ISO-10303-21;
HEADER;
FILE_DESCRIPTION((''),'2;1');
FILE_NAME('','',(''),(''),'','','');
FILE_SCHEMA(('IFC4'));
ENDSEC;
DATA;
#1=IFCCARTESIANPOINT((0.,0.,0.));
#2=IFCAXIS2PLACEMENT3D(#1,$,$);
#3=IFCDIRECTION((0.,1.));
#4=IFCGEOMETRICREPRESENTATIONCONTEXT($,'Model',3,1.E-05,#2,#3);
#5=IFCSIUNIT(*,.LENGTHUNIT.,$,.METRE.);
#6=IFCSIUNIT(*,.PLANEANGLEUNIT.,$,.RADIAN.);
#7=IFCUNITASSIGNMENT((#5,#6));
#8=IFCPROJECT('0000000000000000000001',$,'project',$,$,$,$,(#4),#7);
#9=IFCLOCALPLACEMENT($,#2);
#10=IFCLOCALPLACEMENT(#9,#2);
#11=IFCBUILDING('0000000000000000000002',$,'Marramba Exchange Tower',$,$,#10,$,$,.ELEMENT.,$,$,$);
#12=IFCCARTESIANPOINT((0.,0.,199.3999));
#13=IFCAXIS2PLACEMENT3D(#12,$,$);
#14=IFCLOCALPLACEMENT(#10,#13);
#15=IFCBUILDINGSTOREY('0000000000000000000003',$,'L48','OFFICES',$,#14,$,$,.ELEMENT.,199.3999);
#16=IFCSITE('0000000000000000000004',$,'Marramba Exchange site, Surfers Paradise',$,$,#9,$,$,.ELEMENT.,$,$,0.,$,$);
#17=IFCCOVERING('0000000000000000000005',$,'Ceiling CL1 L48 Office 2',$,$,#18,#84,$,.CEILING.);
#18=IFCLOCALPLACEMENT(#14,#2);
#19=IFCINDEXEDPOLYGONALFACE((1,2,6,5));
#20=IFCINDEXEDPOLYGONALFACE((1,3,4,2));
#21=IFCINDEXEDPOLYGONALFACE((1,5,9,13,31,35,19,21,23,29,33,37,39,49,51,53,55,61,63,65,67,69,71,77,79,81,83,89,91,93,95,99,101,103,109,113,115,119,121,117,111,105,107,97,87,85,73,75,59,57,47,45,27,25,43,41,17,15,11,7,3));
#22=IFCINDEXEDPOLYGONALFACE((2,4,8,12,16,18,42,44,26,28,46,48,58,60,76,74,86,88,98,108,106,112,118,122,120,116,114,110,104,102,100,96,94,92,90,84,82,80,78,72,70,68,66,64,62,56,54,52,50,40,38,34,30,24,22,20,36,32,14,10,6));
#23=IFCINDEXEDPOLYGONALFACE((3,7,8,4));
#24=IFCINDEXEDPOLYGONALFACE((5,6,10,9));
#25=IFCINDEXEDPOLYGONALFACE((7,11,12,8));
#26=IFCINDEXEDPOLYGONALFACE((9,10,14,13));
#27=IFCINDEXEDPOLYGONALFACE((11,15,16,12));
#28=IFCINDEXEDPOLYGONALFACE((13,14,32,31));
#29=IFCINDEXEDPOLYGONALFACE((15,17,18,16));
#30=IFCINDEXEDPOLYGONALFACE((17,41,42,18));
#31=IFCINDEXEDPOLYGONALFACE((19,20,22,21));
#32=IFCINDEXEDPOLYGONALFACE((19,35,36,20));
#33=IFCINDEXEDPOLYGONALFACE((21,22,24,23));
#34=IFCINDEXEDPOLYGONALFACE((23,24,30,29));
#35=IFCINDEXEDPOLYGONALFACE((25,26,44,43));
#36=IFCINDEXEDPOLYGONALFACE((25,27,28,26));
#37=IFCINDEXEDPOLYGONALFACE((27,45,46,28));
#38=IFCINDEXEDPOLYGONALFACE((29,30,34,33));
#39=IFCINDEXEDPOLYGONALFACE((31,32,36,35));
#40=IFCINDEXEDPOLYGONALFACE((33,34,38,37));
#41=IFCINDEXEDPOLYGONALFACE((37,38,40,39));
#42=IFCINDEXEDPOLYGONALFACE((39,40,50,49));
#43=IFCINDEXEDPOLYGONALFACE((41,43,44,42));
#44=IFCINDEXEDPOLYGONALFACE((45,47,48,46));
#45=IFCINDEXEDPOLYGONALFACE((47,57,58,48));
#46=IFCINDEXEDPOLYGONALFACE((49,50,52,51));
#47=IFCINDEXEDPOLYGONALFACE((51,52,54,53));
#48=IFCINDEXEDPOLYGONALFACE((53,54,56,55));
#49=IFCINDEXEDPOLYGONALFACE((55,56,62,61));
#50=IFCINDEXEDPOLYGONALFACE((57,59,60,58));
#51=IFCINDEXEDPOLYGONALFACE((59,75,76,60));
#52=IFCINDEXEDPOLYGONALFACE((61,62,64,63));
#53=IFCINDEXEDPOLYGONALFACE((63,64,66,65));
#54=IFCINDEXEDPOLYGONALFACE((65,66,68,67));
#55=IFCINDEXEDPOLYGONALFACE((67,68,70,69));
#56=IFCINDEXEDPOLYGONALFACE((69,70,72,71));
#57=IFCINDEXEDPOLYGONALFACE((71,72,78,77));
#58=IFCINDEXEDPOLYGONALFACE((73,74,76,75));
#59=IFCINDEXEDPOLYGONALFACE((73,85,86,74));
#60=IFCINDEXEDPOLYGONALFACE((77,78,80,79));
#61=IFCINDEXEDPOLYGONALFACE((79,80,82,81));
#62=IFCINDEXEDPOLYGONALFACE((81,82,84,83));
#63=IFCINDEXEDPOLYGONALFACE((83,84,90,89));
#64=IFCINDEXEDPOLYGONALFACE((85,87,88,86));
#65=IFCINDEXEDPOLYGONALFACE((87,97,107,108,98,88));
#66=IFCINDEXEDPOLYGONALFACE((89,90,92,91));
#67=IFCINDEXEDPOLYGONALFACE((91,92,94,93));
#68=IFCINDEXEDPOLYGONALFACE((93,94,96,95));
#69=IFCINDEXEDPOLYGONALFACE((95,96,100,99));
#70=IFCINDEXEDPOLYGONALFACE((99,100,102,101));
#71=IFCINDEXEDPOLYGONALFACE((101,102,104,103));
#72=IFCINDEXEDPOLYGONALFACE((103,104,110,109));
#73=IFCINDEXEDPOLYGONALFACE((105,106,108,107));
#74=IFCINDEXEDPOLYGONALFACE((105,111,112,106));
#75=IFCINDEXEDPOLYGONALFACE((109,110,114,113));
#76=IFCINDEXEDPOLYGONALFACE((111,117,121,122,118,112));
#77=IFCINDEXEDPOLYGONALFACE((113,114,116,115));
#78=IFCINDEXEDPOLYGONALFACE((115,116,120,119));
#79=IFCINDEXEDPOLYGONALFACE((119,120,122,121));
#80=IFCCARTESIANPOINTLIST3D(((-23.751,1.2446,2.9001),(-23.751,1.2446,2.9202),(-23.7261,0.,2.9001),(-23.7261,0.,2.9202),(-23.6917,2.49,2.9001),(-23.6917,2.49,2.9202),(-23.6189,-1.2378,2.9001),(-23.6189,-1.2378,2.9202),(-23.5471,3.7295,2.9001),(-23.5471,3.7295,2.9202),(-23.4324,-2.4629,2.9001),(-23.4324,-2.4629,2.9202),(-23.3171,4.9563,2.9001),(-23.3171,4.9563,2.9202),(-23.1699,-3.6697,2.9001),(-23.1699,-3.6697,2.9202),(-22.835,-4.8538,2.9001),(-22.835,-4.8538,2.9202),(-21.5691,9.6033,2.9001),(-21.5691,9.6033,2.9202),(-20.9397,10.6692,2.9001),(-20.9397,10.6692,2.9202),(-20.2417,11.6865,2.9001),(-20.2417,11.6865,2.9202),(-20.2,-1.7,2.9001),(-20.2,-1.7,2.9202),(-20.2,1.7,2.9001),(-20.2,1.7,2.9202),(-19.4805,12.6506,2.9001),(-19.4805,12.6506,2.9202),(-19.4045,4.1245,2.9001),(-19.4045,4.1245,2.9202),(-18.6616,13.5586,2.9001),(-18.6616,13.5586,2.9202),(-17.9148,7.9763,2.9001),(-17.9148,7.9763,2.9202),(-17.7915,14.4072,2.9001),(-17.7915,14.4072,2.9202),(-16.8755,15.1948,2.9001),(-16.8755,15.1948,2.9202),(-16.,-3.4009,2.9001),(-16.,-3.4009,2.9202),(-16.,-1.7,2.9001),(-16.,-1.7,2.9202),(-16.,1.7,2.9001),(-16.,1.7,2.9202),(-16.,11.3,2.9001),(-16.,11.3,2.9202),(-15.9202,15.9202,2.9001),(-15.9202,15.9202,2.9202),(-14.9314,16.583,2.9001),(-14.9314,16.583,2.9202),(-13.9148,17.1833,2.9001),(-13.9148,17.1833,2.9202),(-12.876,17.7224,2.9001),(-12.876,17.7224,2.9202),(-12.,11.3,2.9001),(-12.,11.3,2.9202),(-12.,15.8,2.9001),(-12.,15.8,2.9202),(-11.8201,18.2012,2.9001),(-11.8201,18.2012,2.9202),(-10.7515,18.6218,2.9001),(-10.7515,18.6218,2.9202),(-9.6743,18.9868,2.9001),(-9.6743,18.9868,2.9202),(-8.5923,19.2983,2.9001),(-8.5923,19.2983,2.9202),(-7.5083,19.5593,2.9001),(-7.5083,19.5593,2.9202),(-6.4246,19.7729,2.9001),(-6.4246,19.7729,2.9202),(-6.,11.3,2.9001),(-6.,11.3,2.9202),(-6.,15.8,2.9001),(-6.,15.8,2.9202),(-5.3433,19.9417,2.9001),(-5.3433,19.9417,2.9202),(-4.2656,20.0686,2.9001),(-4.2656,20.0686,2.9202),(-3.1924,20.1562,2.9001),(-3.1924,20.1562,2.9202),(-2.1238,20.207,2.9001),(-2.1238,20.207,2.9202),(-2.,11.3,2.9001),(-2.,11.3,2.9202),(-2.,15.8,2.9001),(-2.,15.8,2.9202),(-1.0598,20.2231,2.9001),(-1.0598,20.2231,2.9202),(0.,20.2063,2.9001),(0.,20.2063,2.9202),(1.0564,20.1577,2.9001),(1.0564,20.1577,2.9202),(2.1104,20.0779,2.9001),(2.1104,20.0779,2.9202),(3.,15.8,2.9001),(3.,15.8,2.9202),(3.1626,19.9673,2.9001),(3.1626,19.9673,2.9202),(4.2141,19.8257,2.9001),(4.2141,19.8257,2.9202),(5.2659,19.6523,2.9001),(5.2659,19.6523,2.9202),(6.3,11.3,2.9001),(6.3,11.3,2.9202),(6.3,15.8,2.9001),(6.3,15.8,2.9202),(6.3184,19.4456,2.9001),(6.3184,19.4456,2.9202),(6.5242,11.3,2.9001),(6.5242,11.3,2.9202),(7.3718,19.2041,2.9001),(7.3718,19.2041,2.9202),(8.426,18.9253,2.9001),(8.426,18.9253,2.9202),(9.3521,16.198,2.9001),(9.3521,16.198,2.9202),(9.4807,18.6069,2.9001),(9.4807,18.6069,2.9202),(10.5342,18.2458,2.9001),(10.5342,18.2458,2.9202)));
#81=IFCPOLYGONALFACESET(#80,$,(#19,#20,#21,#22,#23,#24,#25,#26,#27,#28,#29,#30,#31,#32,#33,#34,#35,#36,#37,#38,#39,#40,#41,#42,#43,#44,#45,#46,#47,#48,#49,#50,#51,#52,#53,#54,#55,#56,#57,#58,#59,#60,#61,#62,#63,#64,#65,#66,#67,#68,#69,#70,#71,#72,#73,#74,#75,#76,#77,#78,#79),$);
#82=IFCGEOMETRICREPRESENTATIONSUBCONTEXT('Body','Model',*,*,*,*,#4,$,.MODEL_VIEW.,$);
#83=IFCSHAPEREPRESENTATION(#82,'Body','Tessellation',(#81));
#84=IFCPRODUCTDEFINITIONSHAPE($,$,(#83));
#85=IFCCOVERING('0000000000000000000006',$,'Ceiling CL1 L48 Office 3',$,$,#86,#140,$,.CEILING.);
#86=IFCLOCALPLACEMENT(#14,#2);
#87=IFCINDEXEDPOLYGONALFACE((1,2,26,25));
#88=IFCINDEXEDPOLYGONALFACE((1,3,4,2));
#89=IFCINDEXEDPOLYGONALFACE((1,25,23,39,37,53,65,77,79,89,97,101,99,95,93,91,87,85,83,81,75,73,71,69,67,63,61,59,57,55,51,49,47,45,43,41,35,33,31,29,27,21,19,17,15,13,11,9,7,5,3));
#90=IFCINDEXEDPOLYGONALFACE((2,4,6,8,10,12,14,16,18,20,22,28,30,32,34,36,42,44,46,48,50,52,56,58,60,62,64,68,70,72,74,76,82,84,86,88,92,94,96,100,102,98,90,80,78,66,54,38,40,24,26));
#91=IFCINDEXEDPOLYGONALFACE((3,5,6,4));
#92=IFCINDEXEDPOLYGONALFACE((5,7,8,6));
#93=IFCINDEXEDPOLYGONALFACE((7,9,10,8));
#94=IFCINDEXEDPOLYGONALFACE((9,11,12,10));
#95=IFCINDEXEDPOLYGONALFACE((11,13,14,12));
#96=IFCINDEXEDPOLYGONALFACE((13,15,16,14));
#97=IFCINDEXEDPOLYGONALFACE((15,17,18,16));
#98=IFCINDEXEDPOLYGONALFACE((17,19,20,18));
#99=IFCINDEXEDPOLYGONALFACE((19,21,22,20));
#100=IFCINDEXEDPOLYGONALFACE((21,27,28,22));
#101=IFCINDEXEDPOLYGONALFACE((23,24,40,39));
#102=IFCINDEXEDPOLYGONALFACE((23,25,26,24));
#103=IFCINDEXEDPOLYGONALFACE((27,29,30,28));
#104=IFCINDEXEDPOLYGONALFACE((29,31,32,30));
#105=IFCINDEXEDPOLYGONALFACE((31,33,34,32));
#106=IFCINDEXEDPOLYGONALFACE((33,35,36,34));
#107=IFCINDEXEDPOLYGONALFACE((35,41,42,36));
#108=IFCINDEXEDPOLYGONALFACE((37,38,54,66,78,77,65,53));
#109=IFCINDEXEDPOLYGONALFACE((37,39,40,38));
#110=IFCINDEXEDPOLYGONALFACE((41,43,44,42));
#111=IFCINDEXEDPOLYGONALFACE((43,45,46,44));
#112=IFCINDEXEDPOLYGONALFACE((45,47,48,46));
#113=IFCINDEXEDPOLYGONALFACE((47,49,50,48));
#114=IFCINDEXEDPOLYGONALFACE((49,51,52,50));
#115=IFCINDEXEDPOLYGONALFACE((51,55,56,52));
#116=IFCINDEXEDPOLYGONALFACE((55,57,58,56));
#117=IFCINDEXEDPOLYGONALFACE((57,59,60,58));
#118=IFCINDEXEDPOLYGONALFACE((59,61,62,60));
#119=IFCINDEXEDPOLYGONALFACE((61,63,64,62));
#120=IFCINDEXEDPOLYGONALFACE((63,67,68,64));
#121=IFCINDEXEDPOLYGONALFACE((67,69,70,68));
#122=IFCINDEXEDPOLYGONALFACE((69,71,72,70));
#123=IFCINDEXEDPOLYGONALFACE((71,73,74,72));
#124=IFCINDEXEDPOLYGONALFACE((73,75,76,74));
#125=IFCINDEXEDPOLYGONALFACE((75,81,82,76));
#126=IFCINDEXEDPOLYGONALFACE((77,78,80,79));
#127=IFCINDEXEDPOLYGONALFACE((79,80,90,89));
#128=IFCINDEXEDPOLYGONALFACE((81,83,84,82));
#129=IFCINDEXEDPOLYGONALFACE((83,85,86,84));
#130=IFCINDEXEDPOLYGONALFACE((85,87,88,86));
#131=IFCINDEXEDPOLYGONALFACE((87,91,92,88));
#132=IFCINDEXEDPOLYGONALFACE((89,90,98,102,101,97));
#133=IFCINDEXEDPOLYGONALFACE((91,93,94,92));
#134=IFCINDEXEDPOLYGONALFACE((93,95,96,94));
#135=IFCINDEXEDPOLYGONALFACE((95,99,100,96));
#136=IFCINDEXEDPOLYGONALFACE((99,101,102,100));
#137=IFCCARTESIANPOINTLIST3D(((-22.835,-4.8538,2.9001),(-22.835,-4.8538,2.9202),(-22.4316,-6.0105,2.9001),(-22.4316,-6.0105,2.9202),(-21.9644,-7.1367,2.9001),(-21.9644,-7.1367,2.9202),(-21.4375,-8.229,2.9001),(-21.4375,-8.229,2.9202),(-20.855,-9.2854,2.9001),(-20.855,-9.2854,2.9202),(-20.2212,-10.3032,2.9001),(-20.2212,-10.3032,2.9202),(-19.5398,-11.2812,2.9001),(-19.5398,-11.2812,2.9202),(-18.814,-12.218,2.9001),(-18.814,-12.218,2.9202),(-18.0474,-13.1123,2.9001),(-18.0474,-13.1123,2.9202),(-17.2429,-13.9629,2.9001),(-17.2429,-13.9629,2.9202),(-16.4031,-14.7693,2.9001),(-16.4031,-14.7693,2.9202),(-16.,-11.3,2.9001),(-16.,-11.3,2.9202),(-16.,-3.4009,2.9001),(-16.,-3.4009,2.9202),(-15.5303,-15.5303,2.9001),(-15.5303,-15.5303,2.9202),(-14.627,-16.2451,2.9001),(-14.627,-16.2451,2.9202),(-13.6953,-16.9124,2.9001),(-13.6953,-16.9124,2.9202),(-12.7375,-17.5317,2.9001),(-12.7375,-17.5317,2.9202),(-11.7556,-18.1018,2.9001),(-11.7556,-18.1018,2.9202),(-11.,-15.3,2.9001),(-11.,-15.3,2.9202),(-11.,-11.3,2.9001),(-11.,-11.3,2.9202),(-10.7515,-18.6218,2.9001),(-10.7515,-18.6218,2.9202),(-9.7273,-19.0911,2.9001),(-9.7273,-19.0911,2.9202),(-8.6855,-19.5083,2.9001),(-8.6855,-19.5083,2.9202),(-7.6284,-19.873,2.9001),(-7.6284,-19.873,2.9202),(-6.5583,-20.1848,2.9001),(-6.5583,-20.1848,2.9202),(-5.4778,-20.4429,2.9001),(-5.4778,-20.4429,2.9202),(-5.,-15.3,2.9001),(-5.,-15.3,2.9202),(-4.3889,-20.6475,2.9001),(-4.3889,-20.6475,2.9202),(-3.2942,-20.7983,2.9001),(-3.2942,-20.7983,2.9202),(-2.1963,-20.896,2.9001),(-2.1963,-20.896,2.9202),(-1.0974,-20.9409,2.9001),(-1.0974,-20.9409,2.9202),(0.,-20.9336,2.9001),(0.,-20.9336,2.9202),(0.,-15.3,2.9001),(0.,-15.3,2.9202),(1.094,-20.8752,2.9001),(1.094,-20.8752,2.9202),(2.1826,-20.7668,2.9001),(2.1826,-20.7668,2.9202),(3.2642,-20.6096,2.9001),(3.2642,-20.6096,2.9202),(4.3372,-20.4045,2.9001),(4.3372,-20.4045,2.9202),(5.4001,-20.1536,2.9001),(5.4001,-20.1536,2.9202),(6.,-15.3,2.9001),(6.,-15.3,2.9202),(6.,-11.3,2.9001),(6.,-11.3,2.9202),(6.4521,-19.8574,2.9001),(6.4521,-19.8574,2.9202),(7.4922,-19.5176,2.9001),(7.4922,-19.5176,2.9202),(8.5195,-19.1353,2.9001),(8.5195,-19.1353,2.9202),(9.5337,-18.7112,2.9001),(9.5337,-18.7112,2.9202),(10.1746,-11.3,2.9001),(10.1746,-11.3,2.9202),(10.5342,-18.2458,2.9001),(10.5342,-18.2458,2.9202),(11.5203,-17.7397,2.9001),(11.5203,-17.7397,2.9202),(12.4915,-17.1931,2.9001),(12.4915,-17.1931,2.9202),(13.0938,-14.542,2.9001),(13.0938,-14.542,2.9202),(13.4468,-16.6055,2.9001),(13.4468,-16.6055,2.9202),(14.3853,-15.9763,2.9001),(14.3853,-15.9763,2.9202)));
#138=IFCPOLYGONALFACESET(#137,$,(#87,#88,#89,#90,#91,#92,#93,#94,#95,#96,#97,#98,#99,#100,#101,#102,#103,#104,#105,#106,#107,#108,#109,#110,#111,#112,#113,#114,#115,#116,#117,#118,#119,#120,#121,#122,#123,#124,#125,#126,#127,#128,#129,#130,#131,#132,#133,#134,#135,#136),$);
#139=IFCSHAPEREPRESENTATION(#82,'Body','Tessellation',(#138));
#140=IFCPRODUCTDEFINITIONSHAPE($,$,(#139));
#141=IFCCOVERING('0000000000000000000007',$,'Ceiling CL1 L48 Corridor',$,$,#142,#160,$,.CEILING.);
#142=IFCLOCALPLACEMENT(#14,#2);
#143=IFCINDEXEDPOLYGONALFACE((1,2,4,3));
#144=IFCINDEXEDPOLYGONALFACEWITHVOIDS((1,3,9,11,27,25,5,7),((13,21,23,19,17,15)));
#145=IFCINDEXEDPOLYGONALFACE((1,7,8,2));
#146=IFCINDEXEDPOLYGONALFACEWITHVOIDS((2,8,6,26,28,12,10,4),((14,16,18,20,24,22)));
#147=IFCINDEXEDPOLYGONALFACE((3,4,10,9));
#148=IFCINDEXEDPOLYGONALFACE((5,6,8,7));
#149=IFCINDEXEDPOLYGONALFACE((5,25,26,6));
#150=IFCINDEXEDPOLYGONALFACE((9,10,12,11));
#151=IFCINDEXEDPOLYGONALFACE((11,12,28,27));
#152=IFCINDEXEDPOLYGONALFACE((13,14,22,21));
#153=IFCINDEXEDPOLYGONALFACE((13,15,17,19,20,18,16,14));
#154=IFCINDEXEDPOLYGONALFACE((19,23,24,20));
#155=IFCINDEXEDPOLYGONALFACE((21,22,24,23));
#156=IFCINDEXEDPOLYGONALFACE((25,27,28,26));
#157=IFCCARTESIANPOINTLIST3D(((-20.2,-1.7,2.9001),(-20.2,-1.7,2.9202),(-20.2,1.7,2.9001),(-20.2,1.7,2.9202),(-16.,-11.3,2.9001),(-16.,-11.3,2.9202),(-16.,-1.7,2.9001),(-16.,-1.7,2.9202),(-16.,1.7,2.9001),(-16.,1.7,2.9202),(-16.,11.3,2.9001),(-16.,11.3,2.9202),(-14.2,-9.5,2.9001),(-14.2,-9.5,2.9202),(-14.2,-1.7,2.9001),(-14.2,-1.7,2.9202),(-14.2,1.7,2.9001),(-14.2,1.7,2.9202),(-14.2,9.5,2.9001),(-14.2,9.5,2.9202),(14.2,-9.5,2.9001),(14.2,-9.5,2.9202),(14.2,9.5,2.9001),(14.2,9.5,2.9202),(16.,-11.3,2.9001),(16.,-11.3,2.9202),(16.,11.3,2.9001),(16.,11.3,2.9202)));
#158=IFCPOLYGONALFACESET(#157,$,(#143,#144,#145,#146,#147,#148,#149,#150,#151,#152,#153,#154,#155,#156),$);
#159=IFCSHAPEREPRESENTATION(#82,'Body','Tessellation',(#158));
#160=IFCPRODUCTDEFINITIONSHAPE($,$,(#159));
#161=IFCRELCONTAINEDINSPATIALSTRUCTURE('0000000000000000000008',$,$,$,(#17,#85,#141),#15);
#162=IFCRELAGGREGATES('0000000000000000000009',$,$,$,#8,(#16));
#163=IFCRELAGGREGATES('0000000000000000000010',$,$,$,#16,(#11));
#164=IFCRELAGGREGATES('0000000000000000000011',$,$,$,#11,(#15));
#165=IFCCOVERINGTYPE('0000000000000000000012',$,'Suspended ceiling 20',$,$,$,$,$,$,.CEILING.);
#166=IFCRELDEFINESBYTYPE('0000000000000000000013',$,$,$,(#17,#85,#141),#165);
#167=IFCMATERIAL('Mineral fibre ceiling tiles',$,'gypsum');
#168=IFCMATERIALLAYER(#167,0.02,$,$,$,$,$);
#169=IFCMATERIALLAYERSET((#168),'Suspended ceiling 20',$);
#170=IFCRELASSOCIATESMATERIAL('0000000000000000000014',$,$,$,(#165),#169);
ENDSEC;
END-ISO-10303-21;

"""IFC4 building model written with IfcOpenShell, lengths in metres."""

from ifc_helpers import new_model, si_unit, direction, frame, origin, place, context, subcontext, project, spatial, polyline, outline, extrude, material, layer, layer_set, type_object, element, save


model = new_model("IFC4")

# Units and contexts
model_context = context("Model", 3, precision=1e-05, world=origin(), true_north=direction((0.0, 1.0)))
body_context = subcontext(model_context, "Body", "Model", "MODEL_VIEW")
ifc_project = project(units=[si_unit("LENGTHUNIT", "METRE"), si_unit("PLANEANGLEUNIT", "RADIAN")], contexts=[model_context])

# Site, building, storey
site_placement = place(None, origin())
site = spatial("IfcSite", under=ifc_project, at=site_placement, Name="Marramba Exchange site, Surfers Paradise", CompositionType="ELEMENT", RefElevation=0.0)
building_placement = place(site_placement, origin())
building = spatial("IfcBuilding", under=site, at=building_placement, Name="Marramba Exchange Tower", CompositionType="ELEMENT")
storey_placement = place(building_placement, frame((0.0, 0.0, 199.3999)))
storey = spatial("IfcBuildingStorey", under=building, at=storey_placement, Name="L48", Description="OFFICES", CompositionType="ELEMENT", Elevation=199.3999)

# Coverings
ifc_material_1 = material(Name="Mineral fibre ceiling tiles", Category="gypsum")
ifc_layer_1 = layer(ifc_material_1, 0.02)
ifc_layer_set_1 = layer_set([ifc_layer_1], Name="Suspended ceiling 20")
covering_type = type_object("IfcCoveringType", Name="Suspended ceiling 20", PredefinedType="CEILING", material=ifc_layer_set_1)
covering_1_placement = place(storey_placement, frame((0.0, 0.0, 2.9001)))
element("IfcCovering", 1, at=covering_1_placement, inside=storey, type_object=covering_type, Name="Ceiling CL1 L48 Office 2", PredefinedType="CEILING", context=body_context, shape_type="SweptSolid", body=[
    extrude(outline(polyline([(-16.0, 1.7), (-20.2, 1.7), (-20.2, -1.7), (-16.0, -1.7), (-16.0, -3.4009), (-22.835, -4.8538), (-23.1699, -3.6697), (-23.4324, -2.4629), (-23.6189, -1.2378), (-23.7261, 0.0), (-23.751, 1.2446), (-23.6917, 2.49), (-23.5471, 3.7295), (-23.3171, 4.9563), (-19.4045, 4.1245), (-17.9148, 7.9763), (-21.5691, 9.6033), (-20.9397, 10.6692), (-20.2417, 11.6865), (-19.4805, 12.6506), (-18.6616, 13.5586), (-17.7915, 14.4072), (-16.8755, 15.1948), (-15.9202, 15.9202), (-14.9314, 16.583), (-13.9148, 17.1833), (-12.876, 17.7224), (-11.8201, 18.2012), (-10.7515, 18.6218), (-9.6743, 18.9868), (-8.5923, 19.2983), (-7.5083, 19.5593), (-6.4246, 19.7729), (-5.3433, 19.9417), (-4.2656, 20.0686), (-3.1924, 20.1562), (-2.1238, 20.207), (-1.0598, 20.2231), (0.0, 20.2063), (1.0564, 20.1577), (2.1104, 20.0779), (3.1626, 19.9673), (4.2141, 19.8257), (5.2659, 19.6523), (6.3184, 19.4456), (7.3718, 19.2041), (8.426, 18.9253), (9.4807, 18.6069), (10.5342, 18.2458), (9.3521, 16.198), (6.5242, 11.3), (6.3, 11.3), (6.3, 15.8), (3.0, 15.8), (-2.0, 15.8), (-2.0, 11.3), (-6.0, 11.3), (-6.0, 15.8), (-12.0, 15.8), (-12.0, 11.3), (-16.0, 11.3), (-16.0, 1.7)])), origin(), (0.0, 0.0, 1.0), 0.02),
])
covering_2_placement = place(storey_placement, frame((0.0, 0.0, 2.9001)))
element("IfcCovering", 2, at=covering_2_placement, inside=storey, type_object=covering_type, Name="Ceiling CL1 L48 Office 3", PredefinedType="CEILING", context=body_context, shape_type="SweptSolid", body=[
    extrude(outline(polyline([(-11.0, -11.3), (-11.0, -15.3), (-5.0, -15.3), (0.0, -15.3), (6.0, -15.3), (6.0, -11.3), (10.1746, -11.3), (13.0938, -14.542), (14.3853, -15.9763), (13.4468, -16.6055), (12.4915, -17.1931), (11.5203, -17.7397), (10.5342, -18.2458), (9.5337, -18.7112), (8.5195, -19.1353), (7.4922, -19.5176), (6.4521, -19.8574), (5.4001, -20.1536), (4.3372, -20.4045), (3.2642, -20.6096), (2.1826, -20.7668), (1.094, -20.8752), (0.0, -20.9336), (-1.0974, -20.9409), (-2.1963, -20.896), (-3.2942, -20.7983), (-4.3889, -20.6475), (-5.4778, -20.4429), (-6.5583, -20.1848), (-7.6284, -19.873), (-8.6855, -19.5083), (-9.7273, -19.0911), (-10.7515, -18.6218), (-11.7556, -18.1018), (-12.7375, -17.5317), (-13.6953, -16.9124), (-14.627, -16.2451), (-15.5303, -15.5303), (-16.4031, -14.7693), (-17.2429, -13.9629), (-18.0474, -13.1123), (-18.814, -12.218), (-19.5398, -11.2812), (-20.2212, -10.3032), (-20.855, -9.2854), (-21.4375, -8.229), (-21.9644, -7.1367), (-22.4316, -6.0105), (-22.835, -4.8538), (-16.0, -3.4009), (-16.0, -11.3), (-11.0, -11.3)])), origin(), (0.0, 0.0, 1.0), 0.02),
])
covering_3_placement = place(storey_placement, frame((0.0, 0.0, 2.9001)))
element("IfcCovering", 3, at=covering_3_placement, inside=storey, type_object=covering_type, Name="Ceiling CL1 L48 Corridor", PredefinedType="CEILING", context=body_context, shape_type="SweptSolid", body=[
    extrude(outline(polyline([(-16.0, 11.3), (16.0, 11.3), (16.0, -11.3), (-16.0, -11.3), (-16.0, -1.7), (-20.2, -1.7), (-20.2, 1.7), (-16.0, 1.7), (-16.0, 11.3)]), holes=[polyline([(14.2, 9.5), (-14.2, 9.5), (-14.2, 1.7), (-14.2, -1.7), (-14.2, -9.5), (14.2, -9.5), (14.2, 9.5)])]), origin(), (0.0, 0.0, 1.0), 0.02),
])

save(model, "model.ifc")
